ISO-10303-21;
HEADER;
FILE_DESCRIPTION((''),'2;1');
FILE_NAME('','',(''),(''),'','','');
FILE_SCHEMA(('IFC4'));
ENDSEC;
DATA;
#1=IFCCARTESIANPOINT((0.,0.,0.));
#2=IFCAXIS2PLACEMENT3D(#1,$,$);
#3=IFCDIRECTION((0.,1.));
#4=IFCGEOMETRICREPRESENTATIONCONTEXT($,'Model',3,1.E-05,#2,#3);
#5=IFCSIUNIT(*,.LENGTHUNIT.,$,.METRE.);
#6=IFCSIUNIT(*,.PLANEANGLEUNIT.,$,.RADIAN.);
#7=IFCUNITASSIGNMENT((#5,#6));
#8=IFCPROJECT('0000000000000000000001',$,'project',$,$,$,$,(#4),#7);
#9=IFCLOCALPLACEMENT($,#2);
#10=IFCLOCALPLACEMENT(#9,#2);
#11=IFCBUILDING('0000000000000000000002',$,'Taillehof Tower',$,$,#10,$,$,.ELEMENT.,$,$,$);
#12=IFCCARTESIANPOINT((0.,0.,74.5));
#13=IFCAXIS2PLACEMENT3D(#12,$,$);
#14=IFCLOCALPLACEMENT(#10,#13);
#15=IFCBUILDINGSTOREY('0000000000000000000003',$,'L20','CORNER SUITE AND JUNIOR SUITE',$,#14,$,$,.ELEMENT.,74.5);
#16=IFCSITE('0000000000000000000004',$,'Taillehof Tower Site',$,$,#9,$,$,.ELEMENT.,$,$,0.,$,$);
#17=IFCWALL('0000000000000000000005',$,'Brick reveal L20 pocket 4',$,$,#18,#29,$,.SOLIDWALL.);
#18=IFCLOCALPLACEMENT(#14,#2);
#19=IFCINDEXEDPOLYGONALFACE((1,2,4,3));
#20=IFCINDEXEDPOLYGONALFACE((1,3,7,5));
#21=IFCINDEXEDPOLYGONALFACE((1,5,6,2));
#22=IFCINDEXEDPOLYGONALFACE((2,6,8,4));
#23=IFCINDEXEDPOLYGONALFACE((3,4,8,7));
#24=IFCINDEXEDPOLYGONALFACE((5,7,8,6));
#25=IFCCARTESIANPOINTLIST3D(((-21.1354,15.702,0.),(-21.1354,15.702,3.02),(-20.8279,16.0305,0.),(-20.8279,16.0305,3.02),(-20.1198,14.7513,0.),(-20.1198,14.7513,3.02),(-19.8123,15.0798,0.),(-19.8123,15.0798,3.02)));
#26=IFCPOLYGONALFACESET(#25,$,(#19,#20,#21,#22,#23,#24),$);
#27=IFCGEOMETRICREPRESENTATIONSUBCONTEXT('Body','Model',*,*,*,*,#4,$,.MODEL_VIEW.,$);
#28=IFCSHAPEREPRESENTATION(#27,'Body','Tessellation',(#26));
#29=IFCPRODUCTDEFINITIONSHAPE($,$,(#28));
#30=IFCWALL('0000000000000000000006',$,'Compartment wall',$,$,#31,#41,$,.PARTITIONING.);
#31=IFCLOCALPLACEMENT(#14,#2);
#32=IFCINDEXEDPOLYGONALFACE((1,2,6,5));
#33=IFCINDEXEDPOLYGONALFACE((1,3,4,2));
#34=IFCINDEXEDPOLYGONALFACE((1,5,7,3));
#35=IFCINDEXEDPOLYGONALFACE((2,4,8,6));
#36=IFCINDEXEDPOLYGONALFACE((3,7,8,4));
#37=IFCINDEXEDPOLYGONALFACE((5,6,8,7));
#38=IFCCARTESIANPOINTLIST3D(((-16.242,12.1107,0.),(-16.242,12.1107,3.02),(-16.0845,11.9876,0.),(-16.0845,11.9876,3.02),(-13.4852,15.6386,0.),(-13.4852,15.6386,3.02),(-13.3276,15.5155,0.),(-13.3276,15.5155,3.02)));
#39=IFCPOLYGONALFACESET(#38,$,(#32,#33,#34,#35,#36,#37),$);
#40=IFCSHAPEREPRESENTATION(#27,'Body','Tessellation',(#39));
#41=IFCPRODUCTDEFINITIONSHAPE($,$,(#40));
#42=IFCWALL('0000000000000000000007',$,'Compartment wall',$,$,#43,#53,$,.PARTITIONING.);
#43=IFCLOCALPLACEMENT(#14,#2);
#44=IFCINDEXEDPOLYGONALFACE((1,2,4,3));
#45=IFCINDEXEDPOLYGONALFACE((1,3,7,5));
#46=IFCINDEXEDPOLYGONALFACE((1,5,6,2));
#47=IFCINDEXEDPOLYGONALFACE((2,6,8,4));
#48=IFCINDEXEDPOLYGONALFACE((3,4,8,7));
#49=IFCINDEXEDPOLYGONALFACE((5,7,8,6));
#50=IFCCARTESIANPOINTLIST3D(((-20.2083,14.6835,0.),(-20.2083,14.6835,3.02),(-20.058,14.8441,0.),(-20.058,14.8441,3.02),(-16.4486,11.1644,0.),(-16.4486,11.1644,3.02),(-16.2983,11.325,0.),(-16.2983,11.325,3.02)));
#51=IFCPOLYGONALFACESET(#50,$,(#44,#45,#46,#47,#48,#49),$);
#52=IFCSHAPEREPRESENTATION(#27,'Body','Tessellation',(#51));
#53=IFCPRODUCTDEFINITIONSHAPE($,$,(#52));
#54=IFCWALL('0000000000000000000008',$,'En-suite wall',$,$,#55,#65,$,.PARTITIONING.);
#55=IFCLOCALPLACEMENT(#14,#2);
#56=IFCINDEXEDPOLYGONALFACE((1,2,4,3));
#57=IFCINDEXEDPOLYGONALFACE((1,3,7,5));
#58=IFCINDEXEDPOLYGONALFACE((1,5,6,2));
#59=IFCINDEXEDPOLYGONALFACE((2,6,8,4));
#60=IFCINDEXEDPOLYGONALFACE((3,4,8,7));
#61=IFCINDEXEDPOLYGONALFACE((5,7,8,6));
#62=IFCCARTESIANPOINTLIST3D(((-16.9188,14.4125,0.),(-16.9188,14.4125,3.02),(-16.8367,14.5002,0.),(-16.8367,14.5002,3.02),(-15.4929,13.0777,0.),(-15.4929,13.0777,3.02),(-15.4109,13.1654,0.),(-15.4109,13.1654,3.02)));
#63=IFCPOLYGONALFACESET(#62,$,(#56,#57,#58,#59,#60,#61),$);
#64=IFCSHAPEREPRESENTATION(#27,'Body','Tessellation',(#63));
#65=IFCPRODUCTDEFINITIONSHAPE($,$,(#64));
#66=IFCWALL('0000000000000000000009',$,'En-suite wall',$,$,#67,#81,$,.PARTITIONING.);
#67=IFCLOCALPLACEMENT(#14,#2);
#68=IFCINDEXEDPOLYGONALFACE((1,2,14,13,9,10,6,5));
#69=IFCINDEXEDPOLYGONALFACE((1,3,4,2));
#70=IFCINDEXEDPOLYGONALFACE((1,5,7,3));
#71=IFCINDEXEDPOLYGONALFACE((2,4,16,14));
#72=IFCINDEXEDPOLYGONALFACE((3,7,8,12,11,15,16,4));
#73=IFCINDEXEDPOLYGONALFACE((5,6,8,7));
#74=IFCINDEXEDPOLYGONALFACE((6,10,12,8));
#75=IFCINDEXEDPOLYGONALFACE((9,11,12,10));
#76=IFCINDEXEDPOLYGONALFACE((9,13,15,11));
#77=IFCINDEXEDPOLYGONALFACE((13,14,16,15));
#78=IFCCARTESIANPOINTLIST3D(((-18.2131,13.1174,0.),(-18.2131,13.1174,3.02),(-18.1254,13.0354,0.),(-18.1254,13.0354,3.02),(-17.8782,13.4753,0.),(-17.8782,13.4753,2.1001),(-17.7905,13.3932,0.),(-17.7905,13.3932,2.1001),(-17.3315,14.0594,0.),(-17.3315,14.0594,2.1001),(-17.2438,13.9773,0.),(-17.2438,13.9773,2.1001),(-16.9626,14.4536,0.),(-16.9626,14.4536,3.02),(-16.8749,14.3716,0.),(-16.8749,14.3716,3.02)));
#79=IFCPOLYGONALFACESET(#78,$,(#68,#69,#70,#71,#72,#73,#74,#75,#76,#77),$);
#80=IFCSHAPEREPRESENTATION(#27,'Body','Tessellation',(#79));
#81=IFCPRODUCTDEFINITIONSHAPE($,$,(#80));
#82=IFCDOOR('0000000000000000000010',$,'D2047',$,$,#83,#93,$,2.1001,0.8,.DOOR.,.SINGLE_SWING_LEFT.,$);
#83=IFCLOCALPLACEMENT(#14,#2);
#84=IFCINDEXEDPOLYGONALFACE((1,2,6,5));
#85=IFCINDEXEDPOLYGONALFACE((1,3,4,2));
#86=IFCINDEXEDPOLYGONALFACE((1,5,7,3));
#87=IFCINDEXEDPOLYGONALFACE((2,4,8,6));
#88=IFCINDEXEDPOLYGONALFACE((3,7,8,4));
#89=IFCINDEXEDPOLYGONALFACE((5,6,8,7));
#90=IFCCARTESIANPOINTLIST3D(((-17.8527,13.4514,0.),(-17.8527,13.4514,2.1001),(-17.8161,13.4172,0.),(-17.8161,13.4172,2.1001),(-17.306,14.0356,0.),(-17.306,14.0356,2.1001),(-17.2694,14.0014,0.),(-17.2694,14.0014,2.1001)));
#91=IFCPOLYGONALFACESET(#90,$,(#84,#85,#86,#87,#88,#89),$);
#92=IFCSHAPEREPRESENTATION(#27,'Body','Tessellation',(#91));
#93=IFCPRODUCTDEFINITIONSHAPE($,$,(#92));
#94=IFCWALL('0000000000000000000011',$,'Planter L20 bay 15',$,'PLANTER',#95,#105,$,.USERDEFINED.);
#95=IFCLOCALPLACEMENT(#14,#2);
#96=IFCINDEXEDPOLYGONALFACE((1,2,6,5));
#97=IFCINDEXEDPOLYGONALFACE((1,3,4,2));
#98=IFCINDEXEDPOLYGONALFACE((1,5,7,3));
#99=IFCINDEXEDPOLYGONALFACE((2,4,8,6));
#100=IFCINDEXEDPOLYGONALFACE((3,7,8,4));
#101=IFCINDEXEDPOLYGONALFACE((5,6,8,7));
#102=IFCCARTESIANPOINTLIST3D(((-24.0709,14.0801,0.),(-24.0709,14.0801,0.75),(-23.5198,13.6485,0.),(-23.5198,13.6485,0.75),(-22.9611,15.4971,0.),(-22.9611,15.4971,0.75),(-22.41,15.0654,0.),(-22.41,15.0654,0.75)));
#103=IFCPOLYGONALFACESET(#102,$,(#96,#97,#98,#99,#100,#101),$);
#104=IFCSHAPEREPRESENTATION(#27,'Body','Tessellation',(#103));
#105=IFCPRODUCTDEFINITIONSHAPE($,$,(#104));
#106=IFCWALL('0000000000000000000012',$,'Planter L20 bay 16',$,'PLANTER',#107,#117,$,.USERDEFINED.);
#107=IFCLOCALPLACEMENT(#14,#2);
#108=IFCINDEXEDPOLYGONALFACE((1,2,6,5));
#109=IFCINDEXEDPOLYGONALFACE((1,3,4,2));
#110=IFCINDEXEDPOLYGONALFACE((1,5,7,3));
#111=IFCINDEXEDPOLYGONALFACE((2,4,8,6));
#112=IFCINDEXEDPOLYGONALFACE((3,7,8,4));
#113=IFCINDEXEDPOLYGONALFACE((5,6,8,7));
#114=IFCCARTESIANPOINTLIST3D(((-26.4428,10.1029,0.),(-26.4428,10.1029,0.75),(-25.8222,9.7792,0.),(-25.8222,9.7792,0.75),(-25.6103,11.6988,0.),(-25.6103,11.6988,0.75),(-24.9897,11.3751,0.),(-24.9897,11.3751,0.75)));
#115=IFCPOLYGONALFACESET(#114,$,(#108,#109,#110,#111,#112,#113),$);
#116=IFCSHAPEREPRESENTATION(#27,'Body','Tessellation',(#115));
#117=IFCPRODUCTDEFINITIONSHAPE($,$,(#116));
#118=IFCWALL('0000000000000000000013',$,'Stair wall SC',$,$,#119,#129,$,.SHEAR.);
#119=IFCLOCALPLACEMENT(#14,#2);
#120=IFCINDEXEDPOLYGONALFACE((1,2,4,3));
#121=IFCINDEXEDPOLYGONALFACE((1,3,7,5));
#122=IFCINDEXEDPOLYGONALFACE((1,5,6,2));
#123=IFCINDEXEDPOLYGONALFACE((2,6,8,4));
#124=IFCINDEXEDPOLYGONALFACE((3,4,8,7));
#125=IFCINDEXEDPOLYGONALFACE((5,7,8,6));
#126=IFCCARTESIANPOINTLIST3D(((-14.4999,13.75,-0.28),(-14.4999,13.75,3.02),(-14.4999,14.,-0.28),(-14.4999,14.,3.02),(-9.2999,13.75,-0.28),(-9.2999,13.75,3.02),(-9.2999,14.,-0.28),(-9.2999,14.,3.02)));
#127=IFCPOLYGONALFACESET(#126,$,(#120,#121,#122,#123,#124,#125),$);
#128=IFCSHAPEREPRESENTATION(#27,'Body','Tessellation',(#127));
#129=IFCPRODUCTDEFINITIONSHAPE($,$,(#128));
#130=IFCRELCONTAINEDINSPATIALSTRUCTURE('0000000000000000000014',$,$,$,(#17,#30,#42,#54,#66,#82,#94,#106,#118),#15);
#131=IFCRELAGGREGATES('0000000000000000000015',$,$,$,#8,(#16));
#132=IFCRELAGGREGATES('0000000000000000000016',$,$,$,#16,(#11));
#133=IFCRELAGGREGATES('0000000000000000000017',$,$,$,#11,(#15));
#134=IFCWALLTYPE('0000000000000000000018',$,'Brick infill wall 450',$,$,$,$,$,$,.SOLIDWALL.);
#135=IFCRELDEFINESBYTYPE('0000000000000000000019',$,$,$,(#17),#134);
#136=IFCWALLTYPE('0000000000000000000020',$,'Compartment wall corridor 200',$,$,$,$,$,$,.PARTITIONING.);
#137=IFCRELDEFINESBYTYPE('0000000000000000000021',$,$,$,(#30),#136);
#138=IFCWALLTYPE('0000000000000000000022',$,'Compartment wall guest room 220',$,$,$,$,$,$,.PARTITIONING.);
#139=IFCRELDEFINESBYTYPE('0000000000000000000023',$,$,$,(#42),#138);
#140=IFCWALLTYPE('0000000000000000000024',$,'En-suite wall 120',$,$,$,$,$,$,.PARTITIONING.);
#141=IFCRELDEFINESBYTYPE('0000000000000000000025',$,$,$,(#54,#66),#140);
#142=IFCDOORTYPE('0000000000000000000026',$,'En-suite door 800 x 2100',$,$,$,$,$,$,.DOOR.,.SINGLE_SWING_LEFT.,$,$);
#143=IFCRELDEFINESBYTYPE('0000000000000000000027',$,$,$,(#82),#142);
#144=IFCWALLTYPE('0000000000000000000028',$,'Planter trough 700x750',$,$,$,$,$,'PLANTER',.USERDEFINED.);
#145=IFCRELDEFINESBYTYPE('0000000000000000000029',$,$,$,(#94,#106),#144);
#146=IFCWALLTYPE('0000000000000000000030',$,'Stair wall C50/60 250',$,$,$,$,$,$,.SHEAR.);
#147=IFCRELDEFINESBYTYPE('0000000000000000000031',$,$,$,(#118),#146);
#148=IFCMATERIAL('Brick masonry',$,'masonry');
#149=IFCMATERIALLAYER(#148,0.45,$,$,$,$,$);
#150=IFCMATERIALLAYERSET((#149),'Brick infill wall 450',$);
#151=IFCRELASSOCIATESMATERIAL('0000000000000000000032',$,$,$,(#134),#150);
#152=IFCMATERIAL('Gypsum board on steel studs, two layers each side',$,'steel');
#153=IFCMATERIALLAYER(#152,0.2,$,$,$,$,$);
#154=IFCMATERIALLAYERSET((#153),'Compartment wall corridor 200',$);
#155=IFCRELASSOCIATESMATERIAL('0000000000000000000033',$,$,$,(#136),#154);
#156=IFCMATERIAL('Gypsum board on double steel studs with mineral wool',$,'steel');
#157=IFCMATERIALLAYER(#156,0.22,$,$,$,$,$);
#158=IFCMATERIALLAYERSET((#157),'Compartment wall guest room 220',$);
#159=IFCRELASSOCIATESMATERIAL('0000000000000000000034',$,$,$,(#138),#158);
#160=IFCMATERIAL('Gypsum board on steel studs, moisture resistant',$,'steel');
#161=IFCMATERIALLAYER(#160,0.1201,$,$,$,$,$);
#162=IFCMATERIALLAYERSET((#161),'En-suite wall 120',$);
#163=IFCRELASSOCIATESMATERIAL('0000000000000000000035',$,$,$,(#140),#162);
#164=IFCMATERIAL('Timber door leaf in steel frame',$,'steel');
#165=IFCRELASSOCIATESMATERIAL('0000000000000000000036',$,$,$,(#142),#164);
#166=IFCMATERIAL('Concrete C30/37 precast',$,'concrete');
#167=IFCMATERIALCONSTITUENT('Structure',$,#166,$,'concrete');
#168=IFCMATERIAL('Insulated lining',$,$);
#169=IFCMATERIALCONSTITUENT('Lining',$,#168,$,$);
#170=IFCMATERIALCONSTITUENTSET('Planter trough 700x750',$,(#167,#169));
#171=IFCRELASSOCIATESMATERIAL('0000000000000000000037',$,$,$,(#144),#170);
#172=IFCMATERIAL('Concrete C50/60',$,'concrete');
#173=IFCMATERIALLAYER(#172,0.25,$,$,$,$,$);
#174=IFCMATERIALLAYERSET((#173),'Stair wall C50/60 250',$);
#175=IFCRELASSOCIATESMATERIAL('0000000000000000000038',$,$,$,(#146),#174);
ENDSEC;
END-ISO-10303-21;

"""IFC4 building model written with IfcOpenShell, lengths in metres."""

from ifc_helpers import new_model, si_unit, direction, frame, frame_2d, origin, place, context, subcontext, project, spatial, rectangle, extrude, material, layer, layer_set, constituent, constituent_set, type_object, element, fill, save


model = new_model("IFC4")

# Units and contexts
model_context = context("Model", 3, precision=1e-05, world=origin(), true_north=direction((0.0, 1.0)))
body_context = subcontext(model_context, "Body", "Model", "MODEL_VIEW")
ifc_project = project(units=[si_unit("LENGTHUNIT", "METRE"), si_unit("PLANEANGLEUNIT", "RADIAN")], contexts=[model_context])

# Site, building, storey
site_placement = place(None, origin())
site = spatial("IfcSite", under=ifc_project, at=site_placement, Name="Taillehof Tower Site", CompositionType="ELEMENT", RefElevation=0.0)
building_placement = place(site_placement, origin())
building = spatial("IfcBuilding", under=site, at=building_placement, Name="Taillehof Tower", CompositionType="ELEMENT")
storey_placement = place(building_placement, frame((0.0, 0.0, 74.5)))
storey = spatial("IfcBuildingStorey", under=building, at=storey_placement, Name="L20", Description="CORNER SUITE AND JUNIOR SUITE", CompositionType="ELEMENT", Elevation=74.5)

# Shared definitions
ifc_material_1 = material(Name="Brick masonry", Category="masonry")
ifc_layer_1 = layer(ifc_material_1, 0.45)
ifc_layer_set_1 = layer_set([ifc_layer_1], Name="Brick infill wall 450")
wall_type_1 = type_object("IfcWallType", Name="Brick infill wall 450", PredefinedType="SOLIDWALL", material=ifc_layer_set_1)

# Wall
wall_1_placement = place(storey_placement, frame((-20.9817, 15.8662, 0.0), z_axis=(0.0, 0.0, 1.0), x_axis=(0.730062, -0.683381, 0.0)))
element("IfcWall", 1, at=wall_1_placement, inside=storey, type_object=wall_type_1, Name="Brick reveal L20 pocket 4", PredefinedType="SOLIDWALL", context=body_context, shape_type="SweptSolid", body=[
    extrude(rectangle(XDim=1.3911, YDim=0.45, at=frame_2d((0.6956, 0.0))), origin(), (0.0, 0.0, 1.0), 3.02),
])

# Walls
ifc_material_2 = material(Name="Gypsum board on steel studs, two layers each side", Category="steel")
ifc_layer_2 = layer(ifc_material_2, 0.2)
ifc_layer_set_2 = layer_set([ifc_layer_2], Name="Compartment wall corridor 200")
wall_type_2 = type_object("IfcWallType", Name="Compartment wall corridor 200", PredefinedType="PARTITIONING", material=ifc_layer_set_2)
wall_2_placement = place(storey_placement, frame((-16.1633, 12.0491, 0.0), z_axis=(0.0, 0.0, 1.0), x_axis=(0.615744, 0.787947, 0.0)))
element("IfcWall", 2, at=wall_2_placement, inside=storey, type_object=wall_type_2, Name="Compartment wall", PredefinedType="PARTITIONING", context=body_context, shape_type="SweptSolid", body=[
    extrude(rectangle(XDim=4.4773, YDim=0.2, at=frame_2d((2.2388, 0.0))), origin(), (0.0, 0.0, 1.0), 3.02),
])
ifc_material_3 = material(Name="Gypsum board on double steel studs with mineral wool", Category="steel")
ifc_layer_3 = layer(ifc_material_3, 0.22)
ifc_layer_set_3 = layer_set([ifc_layer_3], Name="Compartment wall guest room 220")
wall_type_3 = type_object("IfcWallType", Name="Compartment wall guest room 220", PredefinedType="PARTITIONING", material=ifc_layer_set_3)
wall_3_placement = place(storey_placement, frame((-20.1331, 14.7637, 0.0), z_axis=(0.0, 0.0, 1.0), x_axis=(0.730093, -0.683348, 0.0)))
element("IfcWall", 3, at=wall_3_placement, inside=storey, type_object=wall_type_3, Name="Compartment wall", PredefinedType="PARTITIONING", context=body_context, shape_type="SweptSolid", body=[
    extrude(rectangle(XDim=5.1497, YDim=0.22, at=frame_2d((2.5747, 0.0))), origin(), (0.0, 0.0, 1.0), 3.02),
])
ifc_material_4 = material(Name="Gypsum board on steel studs, moisture resistant", Category="steel")
ifc_layer_4 = layer(ifc_material_4, 0.1201)
ifc_layer_set_4 = layer_set([ifc_layer_4], Name="En-suite wall 120")
wall_type_4 = type_object("IfcWallType", Name="En-suite wall 120", PredefinedType="PARTITIONING", material=ifc_layer_set_4)
wall_4_placement = place(storey_placement, frame((-15.4519, 13.1216, 0.0), z_axis=(0.0, 0.0, 1.0), x_axis=(-0.730036, 0.683409, 0.0)))
element("IfcWall", 4, at=wall_4_placement, inside=storey, type_object=wall_type_4, Name="En-suite wall", PredefinedType="PARTITIONING", context=body_context, shape_type="SweptSolid", body=[
    extrude(rectangle(XDim=1.9531, YDim=0.1201, at=frame_2d((0.9766, 0.0))), origin(), (0.0, 0.0, 1.0), 3.02),
])

# Wall, opening, door
wall_5_placement = place(storey_placement, frame((-16.9187, 14.4126, 0.0), z_axis=(0.0, 0.0, 1.0), x_axis=(-0.683306, -0.730132, 0.0)))
wall_5 = element("IfcWall", 5, at=wall_5_placement, inside=storey, type_object=wall_type_4, Name="En-suite wall", PredefinedType="PARTITIONING", context=body_context, shape_type="SweptSolid", body=[
    extrude(rectangle(XDim=1.8301, YDim=0.1201, at=frame_2d((0.915, 0.0))), origin(), (0.0, 0.0, 1.0), 3.02),
])
opening_1_placement = place(wall_5_placement, frame((0.54, 0.0, 0.0)))
opening_1 = element("IfcOpeningElement", 6, at=opening_1_placement, cuts=wall_5, PredefinedType="OPENING", context=body_context, shape_type="SweptSolid", body=[
    extrude(rectangle(XDim=0.8, YDim=2.1001, at=frame_2d((0.3999, 1.05))), frame((0.0, 0.0701, 0.0), z_axis=(0.0, -1.0, 0.0), x_axis=(1.0, 0.0, 0.0)), (0.0, 0.0, 1.0), 0.1401),
])
ifc_material_5 = material(Name="Timber door leaf in steel frame", Category="steel")
door_type_1 = type_object("IfcDoorType", Name="En-suite door 800 x 2100", OperationType="SINGLE_SWING_LEFT", PredefinedType="DOOR", material=ifc_material_5)
door_1_placement = place(opening_1_placement, origin())
door_1 = element("IfcDoor", 7, at=door_1_placement, inside=storey, type_object=door_type_1, Name="D2047", OperationType="SINGLE_SWING_LEFT", OverallHeight=2.1001, OverallWidth=0.8, PredefinedType="DOOR", context=body_context, shape_type="SweptSolid", body=[
    extrude(rectangle(XDim=0.8, YDim=2.1001, at=frame_2d((0.3999, 1.05))), frame((0.0, 0.0249, 0.0), z_axis=(0.0, -1.0, 0.0), x_axis=(1.0, 0.0, 0.0)), (0.0, 0.0, 1.0), 0.05),
])
fill(opening_1, door_1)

# Walls
ifc_material_6 = material(Name="Concrete C30/37 precast", Category="concrete")
ifc_constituent_1 = constituent(ifc_material_6, Name="Structure", Category="concrete")
ifc_material_7 = material(Name="Insulated lining")
ifc_constituent_2 = constituent(ifc_material_7, Name="Lining")
ifc_constituent_set = constituent_set(constituents=[ifc_constituent_1, ifc_constituent_2], Name="Planter trough 700x750")
wall_type_5 = type_object("IfcWallType", Name="Planter trough 700x750", ElementType="PLANTER", PredefinedType="USERDEFINED", material=ifc_constituent_set)
wall_6_placement = place(storey_placement, frame((-22.6855, 15.2812, 0.0), z_axis=(0.0, 0.0, 1.0), x_axis=(-0.616623, -0.787259, 0.0)))
element("IfcWall", 8, at=wall_6_placement, inside=storey, type_object=wall_type_5, Name="Planter L20 bay 15", ObjectType="PLANTER", PredefinedType="USERDEFINED", context=body_context, shape_type="SweptSolid", body=[
    extrude(rectangle(XDim=1.7998, YDim=0.7, at=frame_2d((0.8999, 0.0))), origin(), (0.0, 0.0, 1.0), 0.75),
])
wall_7_placement = place(storey_placement, frame((-25.3, 11.5369, 0.0), z_axis=(0.0, 0.0, 1.0), x_axis=(-0.462501, -0.886619, 0.0)))
element("IfcWall", 9, at=wall_7_placement, inside=storey, type_object=wall_type_5, Name="Planter L20 bay 16", ObjectType="PLANTER", PredefinedType="USERDEFINED", context=body_context, shape_type="SweptSolid", body=[
    extrude(rectangle(XDim=1.8, YDim=0.7, at=frame_2d((0.8999, 0.0))), origin(), (0.0, 0.0, 1.0), 0.75),
])
ifc_material_8 = material(Name="Concrete C50/60", Category="concrete")
ifc_layer_5 = layer(ifc_material_8, 0.25)
ifc_layer_set_5 = layer_set([ifc_layer_5], Name="Stair wall C50/60 250")
wall_type_6 = type_object("IfcWallType", Name="Stair wall C50/60 250", PredefinedType="SHEAR", material=ifc_layer_set_5)
wall_8_placement = place(storey_placement, frame((-14.5, 13.875, -0.28), z_axis=(0.0, 0.0, 1.0), x_axis=(1.0, 0.0, 0.0)))
element("IfcWall", 10, at=wall_8_placement, inside=storey, type_object=wall_type_6, Name="Stair wall SC", PredefinedType="SHEAR", context=body_context, shape_type="SweptSolid", body=[
    extrude(rectangle(XDim=5.2, YDim=0.25, at=frame_2d((2.6001, 0.0))), origin(), (0.0, 0.0, 1.0), 3.3),
])

save(model, "model.ifc")
